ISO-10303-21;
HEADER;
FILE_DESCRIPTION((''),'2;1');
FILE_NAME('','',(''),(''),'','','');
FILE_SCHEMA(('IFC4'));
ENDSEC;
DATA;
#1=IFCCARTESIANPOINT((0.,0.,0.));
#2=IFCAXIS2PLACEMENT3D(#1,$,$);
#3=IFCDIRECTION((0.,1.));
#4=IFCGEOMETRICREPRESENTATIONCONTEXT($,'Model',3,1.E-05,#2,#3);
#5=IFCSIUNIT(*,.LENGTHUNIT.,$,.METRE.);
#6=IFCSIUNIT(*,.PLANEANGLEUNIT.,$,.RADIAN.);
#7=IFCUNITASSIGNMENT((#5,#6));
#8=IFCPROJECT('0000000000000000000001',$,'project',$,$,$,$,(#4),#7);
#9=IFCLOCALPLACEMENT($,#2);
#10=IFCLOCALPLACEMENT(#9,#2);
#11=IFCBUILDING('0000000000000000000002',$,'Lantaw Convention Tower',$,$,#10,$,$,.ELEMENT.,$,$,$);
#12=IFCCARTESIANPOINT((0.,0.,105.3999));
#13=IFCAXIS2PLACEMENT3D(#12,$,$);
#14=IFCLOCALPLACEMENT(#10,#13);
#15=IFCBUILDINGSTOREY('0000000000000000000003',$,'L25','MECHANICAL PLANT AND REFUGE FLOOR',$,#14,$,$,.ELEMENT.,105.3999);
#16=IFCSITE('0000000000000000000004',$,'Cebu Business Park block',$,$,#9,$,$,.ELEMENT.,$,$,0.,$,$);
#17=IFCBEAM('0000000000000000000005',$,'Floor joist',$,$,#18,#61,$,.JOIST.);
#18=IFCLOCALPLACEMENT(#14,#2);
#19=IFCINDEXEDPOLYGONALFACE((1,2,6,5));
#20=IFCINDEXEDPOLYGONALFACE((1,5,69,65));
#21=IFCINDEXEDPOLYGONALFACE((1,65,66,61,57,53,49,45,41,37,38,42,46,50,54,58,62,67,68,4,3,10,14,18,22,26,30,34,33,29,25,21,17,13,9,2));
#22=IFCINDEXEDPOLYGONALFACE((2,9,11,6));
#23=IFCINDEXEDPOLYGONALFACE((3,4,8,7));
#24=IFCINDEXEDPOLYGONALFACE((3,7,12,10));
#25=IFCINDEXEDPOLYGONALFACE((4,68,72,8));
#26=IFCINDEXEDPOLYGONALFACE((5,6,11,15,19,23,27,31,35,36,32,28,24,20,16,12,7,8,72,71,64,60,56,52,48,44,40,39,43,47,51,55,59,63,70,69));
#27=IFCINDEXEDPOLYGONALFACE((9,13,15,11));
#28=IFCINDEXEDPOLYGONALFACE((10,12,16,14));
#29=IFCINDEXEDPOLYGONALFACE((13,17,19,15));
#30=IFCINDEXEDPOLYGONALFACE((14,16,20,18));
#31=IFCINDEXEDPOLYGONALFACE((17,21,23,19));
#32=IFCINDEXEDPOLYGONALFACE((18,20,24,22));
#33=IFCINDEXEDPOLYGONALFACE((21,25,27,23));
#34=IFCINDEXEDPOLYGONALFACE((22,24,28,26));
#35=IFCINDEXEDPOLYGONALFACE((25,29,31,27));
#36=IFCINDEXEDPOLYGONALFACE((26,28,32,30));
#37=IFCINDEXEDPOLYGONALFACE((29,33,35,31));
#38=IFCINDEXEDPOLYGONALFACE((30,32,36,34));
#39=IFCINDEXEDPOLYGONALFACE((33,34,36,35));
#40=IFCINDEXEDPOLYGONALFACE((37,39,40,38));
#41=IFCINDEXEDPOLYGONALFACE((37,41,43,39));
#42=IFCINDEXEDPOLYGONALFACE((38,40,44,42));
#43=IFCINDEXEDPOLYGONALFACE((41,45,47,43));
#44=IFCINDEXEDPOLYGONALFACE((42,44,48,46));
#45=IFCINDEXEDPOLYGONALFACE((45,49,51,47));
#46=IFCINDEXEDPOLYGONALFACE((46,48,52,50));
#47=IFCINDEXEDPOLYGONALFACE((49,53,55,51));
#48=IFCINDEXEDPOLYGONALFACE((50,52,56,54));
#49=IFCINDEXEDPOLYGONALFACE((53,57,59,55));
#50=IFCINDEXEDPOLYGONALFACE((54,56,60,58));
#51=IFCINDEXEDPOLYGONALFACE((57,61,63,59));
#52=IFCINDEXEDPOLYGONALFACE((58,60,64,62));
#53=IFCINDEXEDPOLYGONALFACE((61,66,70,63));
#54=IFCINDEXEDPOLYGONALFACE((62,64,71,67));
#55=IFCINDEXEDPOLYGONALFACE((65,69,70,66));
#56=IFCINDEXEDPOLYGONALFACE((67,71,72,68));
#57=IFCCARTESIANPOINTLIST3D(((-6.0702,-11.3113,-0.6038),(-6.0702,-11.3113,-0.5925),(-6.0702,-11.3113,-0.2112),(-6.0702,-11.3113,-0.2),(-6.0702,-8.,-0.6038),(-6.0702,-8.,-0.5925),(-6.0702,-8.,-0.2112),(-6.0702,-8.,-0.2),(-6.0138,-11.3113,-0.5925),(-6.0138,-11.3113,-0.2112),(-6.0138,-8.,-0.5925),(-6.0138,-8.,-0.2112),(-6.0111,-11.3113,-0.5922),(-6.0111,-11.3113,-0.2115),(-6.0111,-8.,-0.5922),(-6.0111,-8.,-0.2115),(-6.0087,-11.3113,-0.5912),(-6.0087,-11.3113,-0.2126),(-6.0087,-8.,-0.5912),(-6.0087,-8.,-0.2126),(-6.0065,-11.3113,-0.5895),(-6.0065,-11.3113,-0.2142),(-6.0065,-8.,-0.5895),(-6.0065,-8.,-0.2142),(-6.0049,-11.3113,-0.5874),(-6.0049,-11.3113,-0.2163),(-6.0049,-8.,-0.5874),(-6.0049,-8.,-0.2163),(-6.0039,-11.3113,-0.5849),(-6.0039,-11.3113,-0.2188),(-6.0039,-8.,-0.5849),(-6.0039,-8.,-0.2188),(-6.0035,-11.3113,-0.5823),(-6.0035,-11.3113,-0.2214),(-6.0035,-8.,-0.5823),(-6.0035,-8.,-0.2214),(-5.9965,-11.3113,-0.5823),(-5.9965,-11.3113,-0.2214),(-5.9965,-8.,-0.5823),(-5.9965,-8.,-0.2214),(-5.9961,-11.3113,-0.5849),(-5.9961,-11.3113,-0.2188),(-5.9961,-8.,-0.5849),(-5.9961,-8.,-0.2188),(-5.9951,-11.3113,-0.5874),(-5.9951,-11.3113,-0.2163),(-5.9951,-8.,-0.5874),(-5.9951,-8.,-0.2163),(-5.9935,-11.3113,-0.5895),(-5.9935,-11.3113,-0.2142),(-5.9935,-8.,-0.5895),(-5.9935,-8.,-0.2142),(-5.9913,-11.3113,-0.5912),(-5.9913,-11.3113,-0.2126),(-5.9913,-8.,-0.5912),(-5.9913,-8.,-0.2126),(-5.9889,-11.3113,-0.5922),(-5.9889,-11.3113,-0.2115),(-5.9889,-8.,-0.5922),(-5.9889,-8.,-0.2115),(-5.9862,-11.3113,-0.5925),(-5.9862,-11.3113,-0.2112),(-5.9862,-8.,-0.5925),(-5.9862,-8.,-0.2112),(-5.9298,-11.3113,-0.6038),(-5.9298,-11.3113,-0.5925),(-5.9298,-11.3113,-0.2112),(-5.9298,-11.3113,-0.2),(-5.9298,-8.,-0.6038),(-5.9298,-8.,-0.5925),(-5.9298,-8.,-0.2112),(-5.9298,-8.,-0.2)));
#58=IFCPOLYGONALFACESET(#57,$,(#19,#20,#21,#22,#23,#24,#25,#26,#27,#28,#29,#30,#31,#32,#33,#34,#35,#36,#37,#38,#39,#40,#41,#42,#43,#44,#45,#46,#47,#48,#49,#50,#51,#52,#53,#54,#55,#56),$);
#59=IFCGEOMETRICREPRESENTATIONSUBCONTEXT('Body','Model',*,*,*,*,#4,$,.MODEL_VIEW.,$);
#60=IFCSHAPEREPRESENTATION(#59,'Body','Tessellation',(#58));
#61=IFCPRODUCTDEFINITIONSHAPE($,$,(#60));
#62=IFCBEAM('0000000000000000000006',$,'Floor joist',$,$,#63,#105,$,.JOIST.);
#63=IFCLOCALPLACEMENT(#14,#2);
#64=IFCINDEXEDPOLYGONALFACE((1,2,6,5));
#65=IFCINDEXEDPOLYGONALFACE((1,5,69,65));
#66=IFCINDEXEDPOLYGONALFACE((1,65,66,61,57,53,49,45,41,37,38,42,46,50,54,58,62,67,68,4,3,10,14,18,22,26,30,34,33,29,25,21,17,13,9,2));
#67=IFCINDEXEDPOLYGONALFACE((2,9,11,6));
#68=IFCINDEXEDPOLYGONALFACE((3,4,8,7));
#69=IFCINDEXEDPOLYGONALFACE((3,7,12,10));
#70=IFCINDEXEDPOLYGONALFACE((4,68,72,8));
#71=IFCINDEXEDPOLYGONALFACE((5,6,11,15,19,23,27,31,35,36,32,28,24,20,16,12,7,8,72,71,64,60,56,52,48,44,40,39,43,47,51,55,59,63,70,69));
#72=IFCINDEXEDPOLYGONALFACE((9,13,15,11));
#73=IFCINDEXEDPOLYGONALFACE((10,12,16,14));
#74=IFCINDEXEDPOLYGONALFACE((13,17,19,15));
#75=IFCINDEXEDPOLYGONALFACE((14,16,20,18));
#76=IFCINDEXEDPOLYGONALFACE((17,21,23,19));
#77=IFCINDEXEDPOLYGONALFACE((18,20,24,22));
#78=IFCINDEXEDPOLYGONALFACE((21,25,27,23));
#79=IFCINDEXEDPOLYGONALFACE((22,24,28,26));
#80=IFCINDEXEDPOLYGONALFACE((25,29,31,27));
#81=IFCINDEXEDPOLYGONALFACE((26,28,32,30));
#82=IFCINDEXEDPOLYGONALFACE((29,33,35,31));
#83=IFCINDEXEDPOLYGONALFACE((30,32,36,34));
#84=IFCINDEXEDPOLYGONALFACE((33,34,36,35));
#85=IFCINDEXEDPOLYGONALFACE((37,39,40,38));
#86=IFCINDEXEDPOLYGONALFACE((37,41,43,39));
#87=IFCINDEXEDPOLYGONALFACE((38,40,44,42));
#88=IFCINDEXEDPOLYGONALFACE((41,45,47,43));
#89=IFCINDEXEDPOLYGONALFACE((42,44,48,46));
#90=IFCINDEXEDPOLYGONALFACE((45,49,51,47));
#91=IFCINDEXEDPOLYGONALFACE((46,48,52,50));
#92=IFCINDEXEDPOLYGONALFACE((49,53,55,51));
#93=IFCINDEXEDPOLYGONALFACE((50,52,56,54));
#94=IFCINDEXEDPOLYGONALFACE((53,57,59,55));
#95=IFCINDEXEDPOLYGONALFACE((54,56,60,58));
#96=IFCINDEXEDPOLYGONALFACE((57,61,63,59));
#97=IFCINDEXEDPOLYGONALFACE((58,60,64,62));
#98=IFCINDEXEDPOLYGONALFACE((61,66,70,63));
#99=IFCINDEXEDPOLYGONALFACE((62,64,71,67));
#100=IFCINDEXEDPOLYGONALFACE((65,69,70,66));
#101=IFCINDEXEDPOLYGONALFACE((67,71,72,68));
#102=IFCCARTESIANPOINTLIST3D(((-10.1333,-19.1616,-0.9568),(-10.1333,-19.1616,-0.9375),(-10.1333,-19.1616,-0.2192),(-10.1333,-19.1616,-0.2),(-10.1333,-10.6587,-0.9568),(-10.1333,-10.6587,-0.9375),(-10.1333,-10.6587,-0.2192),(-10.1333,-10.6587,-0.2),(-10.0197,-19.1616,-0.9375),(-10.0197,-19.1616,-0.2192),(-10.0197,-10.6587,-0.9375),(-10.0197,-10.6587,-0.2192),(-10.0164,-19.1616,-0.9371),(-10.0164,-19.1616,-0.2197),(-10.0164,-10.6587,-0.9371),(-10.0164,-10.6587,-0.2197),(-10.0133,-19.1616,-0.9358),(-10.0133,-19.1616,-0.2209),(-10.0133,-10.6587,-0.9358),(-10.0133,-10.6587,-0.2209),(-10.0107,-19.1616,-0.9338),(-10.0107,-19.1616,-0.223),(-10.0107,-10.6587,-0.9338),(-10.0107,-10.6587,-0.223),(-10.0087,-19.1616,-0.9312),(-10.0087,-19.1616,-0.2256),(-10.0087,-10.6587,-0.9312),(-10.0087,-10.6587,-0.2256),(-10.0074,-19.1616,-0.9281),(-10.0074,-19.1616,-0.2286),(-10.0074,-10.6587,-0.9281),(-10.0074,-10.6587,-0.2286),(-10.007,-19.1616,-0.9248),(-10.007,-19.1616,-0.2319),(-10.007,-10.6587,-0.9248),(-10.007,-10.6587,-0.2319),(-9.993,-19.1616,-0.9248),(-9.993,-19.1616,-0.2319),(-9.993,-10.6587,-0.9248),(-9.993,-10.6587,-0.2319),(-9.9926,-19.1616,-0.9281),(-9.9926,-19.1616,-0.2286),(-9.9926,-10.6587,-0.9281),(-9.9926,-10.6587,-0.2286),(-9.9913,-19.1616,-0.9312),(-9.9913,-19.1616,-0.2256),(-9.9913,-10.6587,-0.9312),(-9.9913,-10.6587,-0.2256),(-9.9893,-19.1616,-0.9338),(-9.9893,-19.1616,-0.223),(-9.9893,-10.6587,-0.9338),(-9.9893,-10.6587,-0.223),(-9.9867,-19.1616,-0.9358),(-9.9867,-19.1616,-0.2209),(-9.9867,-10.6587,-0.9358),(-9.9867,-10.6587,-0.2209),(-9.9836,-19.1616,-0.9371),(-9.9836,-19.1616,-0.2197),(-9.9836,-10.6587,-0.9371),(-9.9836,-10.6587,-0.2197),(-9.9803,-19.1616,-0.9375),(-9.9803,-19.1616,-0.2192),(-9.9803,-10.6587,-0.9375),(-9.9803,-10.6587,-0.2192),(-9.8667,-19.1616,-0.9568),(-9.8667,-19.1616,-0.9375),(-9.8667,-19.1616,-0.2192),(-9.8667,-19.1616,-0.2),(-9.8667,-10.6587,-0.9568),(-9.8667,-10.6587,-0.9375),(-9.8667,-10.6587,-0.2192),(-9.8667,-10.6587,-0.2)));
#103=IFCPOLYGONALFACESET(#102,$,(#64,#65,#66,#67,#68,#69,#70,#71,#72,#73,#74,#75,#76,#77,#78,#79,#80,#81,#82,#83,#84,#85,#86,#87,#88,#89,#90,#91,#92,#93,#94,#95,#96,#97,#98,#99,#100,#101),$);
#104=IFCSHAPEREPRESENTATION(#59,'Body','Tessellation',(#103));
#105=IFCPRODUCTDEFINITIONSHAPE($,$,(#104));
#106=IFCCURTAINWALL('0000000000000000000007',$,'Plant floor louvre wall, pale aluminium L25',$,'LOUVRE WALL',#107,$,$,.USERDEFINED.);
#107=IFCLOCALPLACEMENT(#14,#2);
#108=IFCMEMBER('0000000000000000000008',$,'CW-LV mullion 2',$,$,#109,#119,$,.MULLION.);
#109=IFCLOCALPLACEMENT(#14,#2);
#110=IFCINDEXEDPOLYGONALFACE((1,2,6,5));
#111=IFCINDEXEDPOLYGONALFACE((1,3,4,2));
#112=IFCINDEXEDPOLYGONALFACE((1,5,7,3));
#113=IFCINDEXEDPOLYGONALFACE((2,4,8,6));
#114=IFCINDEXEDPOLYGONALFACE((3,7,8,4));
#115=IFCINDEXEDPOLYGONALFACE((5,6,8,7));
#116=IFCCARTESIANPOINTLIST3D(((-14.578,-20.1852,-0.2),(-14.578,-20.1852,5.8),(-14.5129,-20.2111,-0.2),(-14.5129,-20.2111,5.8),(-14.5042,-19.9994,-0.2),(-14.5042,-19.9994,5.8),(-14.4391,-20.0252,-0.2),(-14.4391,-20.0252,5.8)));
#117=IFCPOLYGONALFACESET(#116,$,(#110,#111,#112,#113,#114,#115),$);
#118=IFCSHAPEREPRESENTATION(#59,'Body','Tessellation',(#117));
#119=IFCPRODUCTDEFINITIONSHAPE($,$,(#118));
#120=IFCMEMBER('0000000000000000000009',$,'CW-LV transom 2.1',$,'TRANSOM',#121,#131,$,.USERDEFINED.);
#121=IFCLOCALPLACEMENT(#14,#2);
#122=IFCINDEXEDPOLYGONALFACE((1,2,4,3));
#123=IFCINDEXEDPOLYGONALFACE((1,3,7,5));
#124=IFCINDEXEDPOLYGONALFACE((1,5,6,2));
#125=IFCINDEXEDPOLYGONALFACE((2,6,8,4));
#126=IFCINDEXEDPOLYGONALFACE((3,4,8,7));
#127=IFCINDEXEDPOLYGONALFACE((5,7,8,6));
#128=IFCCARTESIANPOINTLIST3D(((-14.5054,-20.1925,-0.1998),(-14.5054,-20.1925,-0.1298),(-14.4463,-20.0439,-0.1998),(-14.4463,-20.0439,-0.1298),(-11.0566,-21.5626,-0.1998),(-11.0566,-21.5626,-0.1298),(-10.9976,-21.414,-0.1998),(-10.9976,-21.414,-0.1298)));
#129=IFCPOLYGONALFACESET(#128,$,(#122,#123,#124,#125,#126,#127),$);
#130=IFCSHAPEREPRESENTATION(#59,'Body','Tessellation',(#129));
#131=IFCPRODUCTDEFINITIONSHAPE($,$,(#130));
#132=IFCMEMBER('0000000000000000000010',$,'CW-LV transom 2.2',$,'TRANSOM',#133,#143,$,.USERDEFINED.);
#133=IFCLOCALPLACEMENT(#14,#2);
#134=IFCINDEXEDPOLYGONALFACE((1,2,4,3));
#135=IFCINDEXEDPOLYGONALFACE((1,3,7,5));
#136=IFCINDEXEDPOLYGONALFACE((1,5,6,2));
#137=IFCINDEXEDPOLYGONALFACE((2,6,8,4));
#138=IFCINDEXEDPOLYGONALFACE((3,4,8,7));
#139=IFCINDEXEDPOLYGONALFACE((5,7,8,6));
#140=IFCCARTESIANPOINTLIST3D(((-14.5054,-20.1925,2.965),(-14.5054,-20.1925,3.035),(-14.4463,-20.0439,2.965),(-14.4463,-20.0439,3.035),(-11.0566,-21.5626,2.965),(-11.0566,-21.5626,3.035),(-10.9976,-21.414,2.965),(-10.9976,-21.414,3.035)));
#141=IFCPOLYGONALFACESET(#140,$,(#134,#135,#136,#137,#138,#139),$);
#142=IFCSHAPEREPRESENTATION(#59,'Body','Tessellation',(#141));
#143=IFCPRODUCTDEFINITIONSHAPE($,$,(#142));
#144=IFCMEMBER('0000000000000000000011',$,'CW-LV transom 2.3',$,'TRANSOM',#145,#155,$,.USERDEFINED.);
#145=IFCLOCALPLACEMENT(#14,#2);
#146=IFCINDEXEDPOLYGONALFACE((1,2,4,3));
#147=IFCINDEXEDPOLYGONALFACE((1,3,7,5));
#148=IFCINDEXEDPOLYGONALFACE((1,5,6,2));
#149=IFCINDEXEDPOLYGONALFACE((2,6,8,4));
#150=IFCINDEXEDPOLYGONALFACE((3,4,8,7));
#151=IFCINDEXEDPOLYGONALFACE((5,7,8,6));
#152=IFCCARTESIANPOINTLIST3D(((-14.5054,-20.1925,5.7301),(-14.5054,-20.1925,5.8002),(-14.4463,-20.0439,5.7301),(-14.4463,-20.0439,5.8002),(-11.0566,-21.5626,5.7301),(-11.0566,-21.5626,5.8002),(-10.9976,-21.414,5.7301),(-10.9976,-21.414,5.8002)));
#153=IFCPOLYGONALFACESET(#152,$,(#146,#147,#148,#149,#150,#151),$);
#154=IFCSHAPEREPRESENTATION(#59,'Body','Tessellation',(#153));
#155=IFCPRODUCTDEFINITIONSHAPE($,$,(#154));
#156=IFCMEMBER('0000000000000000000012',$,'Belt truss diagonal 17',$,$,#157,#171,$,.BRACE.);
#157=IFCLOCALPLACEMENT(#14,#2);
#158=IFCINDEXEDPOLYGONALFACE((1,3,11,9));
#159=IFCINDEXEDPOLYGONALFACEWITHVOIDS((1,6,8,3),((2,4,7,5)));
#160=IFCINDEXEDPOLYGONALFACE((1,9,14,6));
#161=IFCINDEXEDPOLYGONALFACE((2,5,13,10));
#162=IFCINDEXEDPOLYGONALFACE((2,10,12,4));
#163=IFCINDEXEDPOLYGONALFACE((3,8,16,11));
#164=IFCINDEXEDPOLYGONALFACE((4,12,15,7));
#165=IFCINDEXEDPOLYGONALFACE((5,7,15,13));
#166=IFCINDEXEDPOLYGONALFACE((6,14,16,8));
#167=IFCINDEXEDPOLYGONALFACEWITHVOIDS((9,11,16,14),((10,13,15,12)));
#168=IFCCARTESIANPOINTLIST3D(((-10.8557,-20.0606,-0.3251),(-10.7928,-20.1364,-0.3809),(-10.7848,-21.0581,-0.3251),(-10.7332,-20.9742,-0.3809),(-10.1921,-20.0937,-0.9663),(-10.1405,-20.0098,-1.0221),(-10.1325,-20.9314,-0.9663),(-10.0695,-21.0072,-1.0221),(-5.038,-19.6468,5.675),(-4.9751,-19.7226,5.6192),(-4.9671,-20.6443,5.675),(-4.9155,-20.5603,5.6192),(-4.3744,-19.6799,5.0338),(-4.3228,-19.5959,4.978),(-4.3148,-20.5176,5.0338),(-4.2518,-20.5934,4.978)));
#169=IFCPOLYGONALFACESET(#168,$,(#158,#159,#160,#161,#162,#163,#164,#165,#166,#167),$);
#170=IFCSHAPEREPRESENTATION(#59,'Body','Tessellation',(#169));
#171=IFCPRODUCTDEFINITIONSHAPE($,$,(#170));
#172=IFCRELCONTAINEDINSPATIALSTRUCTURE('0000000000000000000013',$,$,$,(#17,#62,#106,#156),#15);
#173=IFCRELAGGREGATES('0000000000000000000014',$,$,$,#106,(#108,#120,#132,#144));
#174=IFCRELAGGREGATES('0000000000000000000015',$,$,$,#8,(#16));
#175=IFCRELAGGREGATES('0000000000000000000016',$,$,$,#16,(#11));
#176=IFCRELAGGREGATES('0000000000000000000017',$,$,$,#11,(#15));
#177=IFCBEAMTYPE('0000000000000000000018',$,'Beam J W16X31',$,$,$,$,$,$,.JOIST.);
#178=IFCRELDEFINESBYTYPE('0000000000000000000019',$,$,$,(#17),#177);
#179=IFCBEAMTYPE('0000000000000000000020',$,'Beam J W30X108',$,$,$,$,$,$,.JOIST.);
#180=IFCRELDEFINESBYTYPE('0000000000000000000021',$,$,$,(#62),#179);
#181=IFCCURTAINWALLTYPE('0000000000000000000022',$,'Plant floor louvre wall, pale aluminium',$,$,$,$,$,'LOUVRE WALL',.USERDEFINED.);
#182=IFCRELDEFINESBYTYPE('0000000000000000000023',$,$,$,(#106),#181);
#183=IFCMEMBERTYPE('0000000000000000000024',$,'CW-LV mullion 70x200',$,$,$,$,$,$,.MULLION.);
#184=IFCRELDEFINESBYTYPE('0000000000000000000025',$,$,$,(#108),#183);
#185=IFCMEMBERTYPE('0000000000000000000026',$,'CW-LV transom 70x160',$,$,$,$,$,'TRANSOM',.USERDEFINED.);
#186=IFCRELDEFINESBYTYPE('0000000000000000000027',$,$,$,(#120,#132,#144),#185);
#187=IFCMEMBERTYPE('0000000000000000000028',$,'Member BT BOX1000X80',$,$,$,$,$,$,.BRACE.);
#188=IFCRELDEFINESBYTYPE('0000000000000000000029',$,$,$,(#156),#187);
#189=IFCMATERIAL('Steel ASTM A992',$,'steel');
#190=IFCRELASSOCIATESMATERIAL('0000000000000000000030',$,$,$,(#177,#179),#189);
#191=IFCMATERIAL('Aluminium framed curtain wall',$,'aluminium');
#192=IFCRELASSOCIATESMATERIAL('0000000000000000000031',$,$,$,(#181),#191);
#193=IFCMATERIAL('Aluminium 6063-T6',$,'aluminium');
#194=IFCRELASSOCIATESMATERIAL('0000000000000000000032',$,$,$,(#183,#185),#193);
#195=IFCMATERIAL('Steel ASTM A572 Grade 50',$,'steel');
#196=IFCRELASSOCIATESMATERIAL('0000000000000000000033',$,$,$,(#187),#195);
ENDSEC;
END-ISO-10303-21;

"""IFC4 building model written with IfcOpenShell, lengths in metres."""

from ifc_helpers import new_model, si_unit, direction, frame, origin, origin_2d, place, context, subcontext, project, spatial, rectangle, hollow_rectangle, i_section, extrude, material, material_profile, profile_set, type_object, element, aggregate, save


model = new_model("IFC4")

# Units and contexts
model_context = context("Model", 3, precision=1e-05, world=origin(), true_north=direction((0.0, 1.0)))
body_context = subcontext(model_context, "Body", "Model", "MODEL_VIEW")
ifc_project = project(units=[si_unit("LENGTHUNIT", "METRE"), si_unit("PLANEANGLEUNIT", "RADIAN")], contexts=[model_context])

# Site, building, storey
site_placement = place(None, origin())
site = spatial("IfcSite", under=ifc_project, at=site_placement, Name="Cebu Business Park block", CompositionType="ELEMENT", RefElevation=0.0)
building_placement = place(site_placement, origin())
building = spatial("IfcBuilding", under=site, at=building_placement, Name="Lantaw Convention Tower", CompositionType="ELEMENT")
storey_placement = place(building_placement, frame((0.0, 0.0, 105.3999)))
storey = spatial("IfcBuildingStorey", under=building, at=storey_placement, Name="L25", Description="MECHANICAL PLANT AND REFUGE FLOOR", CompositionType="ELEMENT", Elevation=105.3999)

# Beams
ifc_material_1 = material(Name="Steel ASTM A992", Category="steel")
ifc_material_profile_1 = material_profile(ifc_material_1, i_section(OverallWidth=0.1404, OverallDepth=0.4038, WebThickness=0.0071, FlangeThickness=0.0112, FilletRadius=0.0103, at=origin_2d()), Name="W16X31")
ifc_profile_set_1 = profile_set([ifc_material_profile_1], Name="Steel ASTM A992")
beam_type_1 = type_object("IfcBeamType", Name="Beam J W16X31", PredefinedType="JOIST", material=ifc_profile_set_1)
beam_1_placement = place(storey_placement, frame((-6.0, -11.3113, -0.4019), z_axis=(0.0, 1.0, 0.0), x_axis=(-1.0, 0.0, 0.0)))
element("IfcBeam", 1, at=beam_1_placement, inside=storey, type_object=beam_type_1, Name="Floor joist", PredefinedType="JOIST", context=body_context, shape_type="SweptSolid", body=[
    extrude(i_section(OverallWidth=0.1404, OverallDepth=0.4038, WebThickness=0.0071, FlangeThickness=0.0112, FilletRadius=0.0103, at=origin_2d()), origin(), (0.0, 0.0, 1.0), 3.3113),
])
ifc_material_profile_2 = material_profile(ifc_material_1, i_section(OverallWidth=0.2666, OverallDepth=0.7568, WebThickness=0.0139, FlangeThickness=0.0193, FilletRadius=0.0127, at=origin_2d()), Name="W30X108")
ifc_profile_set_2 = profile_set([ifc_material_profile_2], Name="Steel ASTM A992")
beam_type_2 = type_object("IfcBeamType", Name="Beam J W30X108", PredefinedType="JOIST", material=ifc_profile_set_2)
beam_2_placement = place(storey_placement, frame((-10.0, -19.1616, -0.5784), z_axis=(0.0, 1.0, 0.0), x_axis=(-1.0, 0.0, 0.0)))
element("IfcBeam", 2, at=beam_2_placement, inside=storey, type_object=beam_type_2, Name="Floor joist", PredefinedType="JOIST", context=body_context, shape_type="SweptSolid", body=[
    extrude(i_section(OverallWidth=0.2666, OverallDepth=0.7568, WebThickness=0.0139, FlangeThickness=0.0193, FilletRadius=0.0127, at=origin_2d()), origin(), (0.0, 0.0, 1.0), 8.5029),
])

# Curtain wall, members
ifc_material_2 = material(Name="Aluminium framed curtain wall", Category="aluminium")
curtain_wall_type = type_object("IfcCurtainWallType", Name="Plant floor louvre wall, pale aluminium", ElementType="LOUVRE WALL", PredefinedType="USERDEFINED", material=ifc_material_2)
curtain_wall_placement = place(storey_placement, origin())
curtain_wall = element("IfcCurtainWall", 3, at=curtain_wall_placement, inside=storey, type_object=curtain_wall_type, Name="Plant floor louvre wall, pale aluminium L25", ObjectType="LOUVRE WALL", PredefinedType="USERDEFINED")
ifc_material_3 = material(Name="Aluminium 6063-T6", Category="aluminium")
ifc_material_profile_3 = material_profile(ifc_material_3, rectangle(XDim=0.2, YDim=0.0701, at=origin_2d()), Name="CW-LV mullion 70x200")
ifc_profile_set_3 = profile_set([ifc_material_profile_3], Name="Aluminium 6063-T6")
member_type_1 = type_object("IfcMemberType", Name="CW-LV mullion 70x200", PredefinedType="MULLION", material=ifc_profile_set_3)
member_1_placement = place(storey_placement, frame((-14.5085, -20.1052, -0.2), z_axis=(0.0, 0.0, 1.0), x_axis=(0.369172, 0.929361, 0.0)))
member_1 = element("IfcMember", 4, at=member_1_placement, type_object=member_type_1, Name="CW-LV mullion 2", PredefinedType="MULLION", context=body_context, shape_type="SweptSolid", body=[
    extrude(rectangle(XDim=0.2, YDim=0.0701, at=origin_2d()), origin(), (0.0, 0.0, 1.0), 6.0),
])
ifc_material_profile_4 = material_profile(ifc_material_3, rectangle(XDim=0.1599, YDim=0.0701, at=origin_2d()), Name="CW-LV transom 70x160")
ifc_profile_set_4 = profile_set([ifc_material_profile_4], Name="Aluminium 6063-T6")
member_type_2 = type_object("IfcMemberType", Name="CW-LV transom 70x160", ElementType="TRANSOM", PredefinedType="USERDEFINED", material=ifc_profile_set_4)
member_2_placement = place(storey_placement, frame((-14.4758, -20.1182, -0.1648), z_axis=(0.929345, -0.369212, 0.0), x_axis=(0.369212, 0.929345, 0.0)))
member_2 = element("IfcMember", 5, at=member_2_placement, type_object=member_type_2, Name="CW-LV transom 2.1", ObjectType="TRANSOM", PredefinedType="USERDEFINED", context=body_context, shape_type="SweptSolid", body=[
    extrude(rectangle(XDim=0.1599, YDim=0.0701, at=origin_2d()), origin(), (0.0, 0.0, 1.0), 3.7109),
])
member_3_placement = place(storey_placement, frame((-14.4758, -20.1182, 3.0), z_axis=(0.929345, -0.369212, 0.0), x_axis=(0.369212, 0.929345, 0.0)))
member_3 = element("IfcMember", 6, at=member_3_placement, type_object=member_type_2, Name="CW-LV transom 2.2", ObjectType="TRANSOM", PredefinedType="USERDEFINED", context=body_context, shape_type="SweptSolid", body=[
    extrude(rectangle(XDim=0.1599, YDim=0.0701, at=origin_2d()), origin(), (0.0, 0.0, 1.0), 3.7109),
])
member_4_placement = place(storey_placement, frame((-14.4758, -20.1182, 5.7651), z_axis=(0.929345, -0.369212, 0.0), x_axis=(0.369212, 0.929345, 0.0)))
member_4 = element("IfcMember", 7, at=member_4_placement, type_object=member_type_2, Name="CW-LV transom 2.3", ObjectType="TRANSOM", PredefinedType="USERDEFINED", context=body_context, shape_type="SweptSolid", body=[
    extrude(rectangle(XDim=0.1599, YDim=0.0701, at=origin_2d()), origin(), (0.0, 0.0, 1.0), 3.7109),
])
aggregate(curtain_wall, [member_1, member_2, member_3, member_4])

# Member
ifc_material_4 = material(Name="Steel ASTM A572 Grade 50", Category="steel")
ifc_material_profile_5 = material_profile(ifc_material_4, hollow_rectangle(XDim=1.0, YDim=1.0, WallThickness=0.0801, at=origin_2d()), Name="BOX1000X80")
ifc_profile_set_5 = profile_set([ifc_material_profile_5], Name="Steel ASTM A572 Grade 50")
member_type_3 = type_object("IfcMemberType", Name="Member BT BOX1000X80", PredefinedType="BRACE", material=ifc_profile_set_5)
member_5_placement = place(storey_placement, frame((-10.4626, -20.5339, -0.6736), z_axis=(0.69526, 0.049455, 0.717055), x_axis=(-0.070953, 0.99748, 0.0)))
element("IfcMember", 8, at=member_5_placement, inside=storey, type_object=member_type_3, Name="Belt truss diagonal 17", PredefinedType="BRACE", context=body_context, shape_type="SweptSolid", body=[
    extrude(hollow_rectangle(XDim=1.0, YDim=1.0, WallThickness=0.0801, at=origin_2d()), origin(), (0.0, 0.0, 1.0), 8.3677),
])

save(model, "model.ifc")
